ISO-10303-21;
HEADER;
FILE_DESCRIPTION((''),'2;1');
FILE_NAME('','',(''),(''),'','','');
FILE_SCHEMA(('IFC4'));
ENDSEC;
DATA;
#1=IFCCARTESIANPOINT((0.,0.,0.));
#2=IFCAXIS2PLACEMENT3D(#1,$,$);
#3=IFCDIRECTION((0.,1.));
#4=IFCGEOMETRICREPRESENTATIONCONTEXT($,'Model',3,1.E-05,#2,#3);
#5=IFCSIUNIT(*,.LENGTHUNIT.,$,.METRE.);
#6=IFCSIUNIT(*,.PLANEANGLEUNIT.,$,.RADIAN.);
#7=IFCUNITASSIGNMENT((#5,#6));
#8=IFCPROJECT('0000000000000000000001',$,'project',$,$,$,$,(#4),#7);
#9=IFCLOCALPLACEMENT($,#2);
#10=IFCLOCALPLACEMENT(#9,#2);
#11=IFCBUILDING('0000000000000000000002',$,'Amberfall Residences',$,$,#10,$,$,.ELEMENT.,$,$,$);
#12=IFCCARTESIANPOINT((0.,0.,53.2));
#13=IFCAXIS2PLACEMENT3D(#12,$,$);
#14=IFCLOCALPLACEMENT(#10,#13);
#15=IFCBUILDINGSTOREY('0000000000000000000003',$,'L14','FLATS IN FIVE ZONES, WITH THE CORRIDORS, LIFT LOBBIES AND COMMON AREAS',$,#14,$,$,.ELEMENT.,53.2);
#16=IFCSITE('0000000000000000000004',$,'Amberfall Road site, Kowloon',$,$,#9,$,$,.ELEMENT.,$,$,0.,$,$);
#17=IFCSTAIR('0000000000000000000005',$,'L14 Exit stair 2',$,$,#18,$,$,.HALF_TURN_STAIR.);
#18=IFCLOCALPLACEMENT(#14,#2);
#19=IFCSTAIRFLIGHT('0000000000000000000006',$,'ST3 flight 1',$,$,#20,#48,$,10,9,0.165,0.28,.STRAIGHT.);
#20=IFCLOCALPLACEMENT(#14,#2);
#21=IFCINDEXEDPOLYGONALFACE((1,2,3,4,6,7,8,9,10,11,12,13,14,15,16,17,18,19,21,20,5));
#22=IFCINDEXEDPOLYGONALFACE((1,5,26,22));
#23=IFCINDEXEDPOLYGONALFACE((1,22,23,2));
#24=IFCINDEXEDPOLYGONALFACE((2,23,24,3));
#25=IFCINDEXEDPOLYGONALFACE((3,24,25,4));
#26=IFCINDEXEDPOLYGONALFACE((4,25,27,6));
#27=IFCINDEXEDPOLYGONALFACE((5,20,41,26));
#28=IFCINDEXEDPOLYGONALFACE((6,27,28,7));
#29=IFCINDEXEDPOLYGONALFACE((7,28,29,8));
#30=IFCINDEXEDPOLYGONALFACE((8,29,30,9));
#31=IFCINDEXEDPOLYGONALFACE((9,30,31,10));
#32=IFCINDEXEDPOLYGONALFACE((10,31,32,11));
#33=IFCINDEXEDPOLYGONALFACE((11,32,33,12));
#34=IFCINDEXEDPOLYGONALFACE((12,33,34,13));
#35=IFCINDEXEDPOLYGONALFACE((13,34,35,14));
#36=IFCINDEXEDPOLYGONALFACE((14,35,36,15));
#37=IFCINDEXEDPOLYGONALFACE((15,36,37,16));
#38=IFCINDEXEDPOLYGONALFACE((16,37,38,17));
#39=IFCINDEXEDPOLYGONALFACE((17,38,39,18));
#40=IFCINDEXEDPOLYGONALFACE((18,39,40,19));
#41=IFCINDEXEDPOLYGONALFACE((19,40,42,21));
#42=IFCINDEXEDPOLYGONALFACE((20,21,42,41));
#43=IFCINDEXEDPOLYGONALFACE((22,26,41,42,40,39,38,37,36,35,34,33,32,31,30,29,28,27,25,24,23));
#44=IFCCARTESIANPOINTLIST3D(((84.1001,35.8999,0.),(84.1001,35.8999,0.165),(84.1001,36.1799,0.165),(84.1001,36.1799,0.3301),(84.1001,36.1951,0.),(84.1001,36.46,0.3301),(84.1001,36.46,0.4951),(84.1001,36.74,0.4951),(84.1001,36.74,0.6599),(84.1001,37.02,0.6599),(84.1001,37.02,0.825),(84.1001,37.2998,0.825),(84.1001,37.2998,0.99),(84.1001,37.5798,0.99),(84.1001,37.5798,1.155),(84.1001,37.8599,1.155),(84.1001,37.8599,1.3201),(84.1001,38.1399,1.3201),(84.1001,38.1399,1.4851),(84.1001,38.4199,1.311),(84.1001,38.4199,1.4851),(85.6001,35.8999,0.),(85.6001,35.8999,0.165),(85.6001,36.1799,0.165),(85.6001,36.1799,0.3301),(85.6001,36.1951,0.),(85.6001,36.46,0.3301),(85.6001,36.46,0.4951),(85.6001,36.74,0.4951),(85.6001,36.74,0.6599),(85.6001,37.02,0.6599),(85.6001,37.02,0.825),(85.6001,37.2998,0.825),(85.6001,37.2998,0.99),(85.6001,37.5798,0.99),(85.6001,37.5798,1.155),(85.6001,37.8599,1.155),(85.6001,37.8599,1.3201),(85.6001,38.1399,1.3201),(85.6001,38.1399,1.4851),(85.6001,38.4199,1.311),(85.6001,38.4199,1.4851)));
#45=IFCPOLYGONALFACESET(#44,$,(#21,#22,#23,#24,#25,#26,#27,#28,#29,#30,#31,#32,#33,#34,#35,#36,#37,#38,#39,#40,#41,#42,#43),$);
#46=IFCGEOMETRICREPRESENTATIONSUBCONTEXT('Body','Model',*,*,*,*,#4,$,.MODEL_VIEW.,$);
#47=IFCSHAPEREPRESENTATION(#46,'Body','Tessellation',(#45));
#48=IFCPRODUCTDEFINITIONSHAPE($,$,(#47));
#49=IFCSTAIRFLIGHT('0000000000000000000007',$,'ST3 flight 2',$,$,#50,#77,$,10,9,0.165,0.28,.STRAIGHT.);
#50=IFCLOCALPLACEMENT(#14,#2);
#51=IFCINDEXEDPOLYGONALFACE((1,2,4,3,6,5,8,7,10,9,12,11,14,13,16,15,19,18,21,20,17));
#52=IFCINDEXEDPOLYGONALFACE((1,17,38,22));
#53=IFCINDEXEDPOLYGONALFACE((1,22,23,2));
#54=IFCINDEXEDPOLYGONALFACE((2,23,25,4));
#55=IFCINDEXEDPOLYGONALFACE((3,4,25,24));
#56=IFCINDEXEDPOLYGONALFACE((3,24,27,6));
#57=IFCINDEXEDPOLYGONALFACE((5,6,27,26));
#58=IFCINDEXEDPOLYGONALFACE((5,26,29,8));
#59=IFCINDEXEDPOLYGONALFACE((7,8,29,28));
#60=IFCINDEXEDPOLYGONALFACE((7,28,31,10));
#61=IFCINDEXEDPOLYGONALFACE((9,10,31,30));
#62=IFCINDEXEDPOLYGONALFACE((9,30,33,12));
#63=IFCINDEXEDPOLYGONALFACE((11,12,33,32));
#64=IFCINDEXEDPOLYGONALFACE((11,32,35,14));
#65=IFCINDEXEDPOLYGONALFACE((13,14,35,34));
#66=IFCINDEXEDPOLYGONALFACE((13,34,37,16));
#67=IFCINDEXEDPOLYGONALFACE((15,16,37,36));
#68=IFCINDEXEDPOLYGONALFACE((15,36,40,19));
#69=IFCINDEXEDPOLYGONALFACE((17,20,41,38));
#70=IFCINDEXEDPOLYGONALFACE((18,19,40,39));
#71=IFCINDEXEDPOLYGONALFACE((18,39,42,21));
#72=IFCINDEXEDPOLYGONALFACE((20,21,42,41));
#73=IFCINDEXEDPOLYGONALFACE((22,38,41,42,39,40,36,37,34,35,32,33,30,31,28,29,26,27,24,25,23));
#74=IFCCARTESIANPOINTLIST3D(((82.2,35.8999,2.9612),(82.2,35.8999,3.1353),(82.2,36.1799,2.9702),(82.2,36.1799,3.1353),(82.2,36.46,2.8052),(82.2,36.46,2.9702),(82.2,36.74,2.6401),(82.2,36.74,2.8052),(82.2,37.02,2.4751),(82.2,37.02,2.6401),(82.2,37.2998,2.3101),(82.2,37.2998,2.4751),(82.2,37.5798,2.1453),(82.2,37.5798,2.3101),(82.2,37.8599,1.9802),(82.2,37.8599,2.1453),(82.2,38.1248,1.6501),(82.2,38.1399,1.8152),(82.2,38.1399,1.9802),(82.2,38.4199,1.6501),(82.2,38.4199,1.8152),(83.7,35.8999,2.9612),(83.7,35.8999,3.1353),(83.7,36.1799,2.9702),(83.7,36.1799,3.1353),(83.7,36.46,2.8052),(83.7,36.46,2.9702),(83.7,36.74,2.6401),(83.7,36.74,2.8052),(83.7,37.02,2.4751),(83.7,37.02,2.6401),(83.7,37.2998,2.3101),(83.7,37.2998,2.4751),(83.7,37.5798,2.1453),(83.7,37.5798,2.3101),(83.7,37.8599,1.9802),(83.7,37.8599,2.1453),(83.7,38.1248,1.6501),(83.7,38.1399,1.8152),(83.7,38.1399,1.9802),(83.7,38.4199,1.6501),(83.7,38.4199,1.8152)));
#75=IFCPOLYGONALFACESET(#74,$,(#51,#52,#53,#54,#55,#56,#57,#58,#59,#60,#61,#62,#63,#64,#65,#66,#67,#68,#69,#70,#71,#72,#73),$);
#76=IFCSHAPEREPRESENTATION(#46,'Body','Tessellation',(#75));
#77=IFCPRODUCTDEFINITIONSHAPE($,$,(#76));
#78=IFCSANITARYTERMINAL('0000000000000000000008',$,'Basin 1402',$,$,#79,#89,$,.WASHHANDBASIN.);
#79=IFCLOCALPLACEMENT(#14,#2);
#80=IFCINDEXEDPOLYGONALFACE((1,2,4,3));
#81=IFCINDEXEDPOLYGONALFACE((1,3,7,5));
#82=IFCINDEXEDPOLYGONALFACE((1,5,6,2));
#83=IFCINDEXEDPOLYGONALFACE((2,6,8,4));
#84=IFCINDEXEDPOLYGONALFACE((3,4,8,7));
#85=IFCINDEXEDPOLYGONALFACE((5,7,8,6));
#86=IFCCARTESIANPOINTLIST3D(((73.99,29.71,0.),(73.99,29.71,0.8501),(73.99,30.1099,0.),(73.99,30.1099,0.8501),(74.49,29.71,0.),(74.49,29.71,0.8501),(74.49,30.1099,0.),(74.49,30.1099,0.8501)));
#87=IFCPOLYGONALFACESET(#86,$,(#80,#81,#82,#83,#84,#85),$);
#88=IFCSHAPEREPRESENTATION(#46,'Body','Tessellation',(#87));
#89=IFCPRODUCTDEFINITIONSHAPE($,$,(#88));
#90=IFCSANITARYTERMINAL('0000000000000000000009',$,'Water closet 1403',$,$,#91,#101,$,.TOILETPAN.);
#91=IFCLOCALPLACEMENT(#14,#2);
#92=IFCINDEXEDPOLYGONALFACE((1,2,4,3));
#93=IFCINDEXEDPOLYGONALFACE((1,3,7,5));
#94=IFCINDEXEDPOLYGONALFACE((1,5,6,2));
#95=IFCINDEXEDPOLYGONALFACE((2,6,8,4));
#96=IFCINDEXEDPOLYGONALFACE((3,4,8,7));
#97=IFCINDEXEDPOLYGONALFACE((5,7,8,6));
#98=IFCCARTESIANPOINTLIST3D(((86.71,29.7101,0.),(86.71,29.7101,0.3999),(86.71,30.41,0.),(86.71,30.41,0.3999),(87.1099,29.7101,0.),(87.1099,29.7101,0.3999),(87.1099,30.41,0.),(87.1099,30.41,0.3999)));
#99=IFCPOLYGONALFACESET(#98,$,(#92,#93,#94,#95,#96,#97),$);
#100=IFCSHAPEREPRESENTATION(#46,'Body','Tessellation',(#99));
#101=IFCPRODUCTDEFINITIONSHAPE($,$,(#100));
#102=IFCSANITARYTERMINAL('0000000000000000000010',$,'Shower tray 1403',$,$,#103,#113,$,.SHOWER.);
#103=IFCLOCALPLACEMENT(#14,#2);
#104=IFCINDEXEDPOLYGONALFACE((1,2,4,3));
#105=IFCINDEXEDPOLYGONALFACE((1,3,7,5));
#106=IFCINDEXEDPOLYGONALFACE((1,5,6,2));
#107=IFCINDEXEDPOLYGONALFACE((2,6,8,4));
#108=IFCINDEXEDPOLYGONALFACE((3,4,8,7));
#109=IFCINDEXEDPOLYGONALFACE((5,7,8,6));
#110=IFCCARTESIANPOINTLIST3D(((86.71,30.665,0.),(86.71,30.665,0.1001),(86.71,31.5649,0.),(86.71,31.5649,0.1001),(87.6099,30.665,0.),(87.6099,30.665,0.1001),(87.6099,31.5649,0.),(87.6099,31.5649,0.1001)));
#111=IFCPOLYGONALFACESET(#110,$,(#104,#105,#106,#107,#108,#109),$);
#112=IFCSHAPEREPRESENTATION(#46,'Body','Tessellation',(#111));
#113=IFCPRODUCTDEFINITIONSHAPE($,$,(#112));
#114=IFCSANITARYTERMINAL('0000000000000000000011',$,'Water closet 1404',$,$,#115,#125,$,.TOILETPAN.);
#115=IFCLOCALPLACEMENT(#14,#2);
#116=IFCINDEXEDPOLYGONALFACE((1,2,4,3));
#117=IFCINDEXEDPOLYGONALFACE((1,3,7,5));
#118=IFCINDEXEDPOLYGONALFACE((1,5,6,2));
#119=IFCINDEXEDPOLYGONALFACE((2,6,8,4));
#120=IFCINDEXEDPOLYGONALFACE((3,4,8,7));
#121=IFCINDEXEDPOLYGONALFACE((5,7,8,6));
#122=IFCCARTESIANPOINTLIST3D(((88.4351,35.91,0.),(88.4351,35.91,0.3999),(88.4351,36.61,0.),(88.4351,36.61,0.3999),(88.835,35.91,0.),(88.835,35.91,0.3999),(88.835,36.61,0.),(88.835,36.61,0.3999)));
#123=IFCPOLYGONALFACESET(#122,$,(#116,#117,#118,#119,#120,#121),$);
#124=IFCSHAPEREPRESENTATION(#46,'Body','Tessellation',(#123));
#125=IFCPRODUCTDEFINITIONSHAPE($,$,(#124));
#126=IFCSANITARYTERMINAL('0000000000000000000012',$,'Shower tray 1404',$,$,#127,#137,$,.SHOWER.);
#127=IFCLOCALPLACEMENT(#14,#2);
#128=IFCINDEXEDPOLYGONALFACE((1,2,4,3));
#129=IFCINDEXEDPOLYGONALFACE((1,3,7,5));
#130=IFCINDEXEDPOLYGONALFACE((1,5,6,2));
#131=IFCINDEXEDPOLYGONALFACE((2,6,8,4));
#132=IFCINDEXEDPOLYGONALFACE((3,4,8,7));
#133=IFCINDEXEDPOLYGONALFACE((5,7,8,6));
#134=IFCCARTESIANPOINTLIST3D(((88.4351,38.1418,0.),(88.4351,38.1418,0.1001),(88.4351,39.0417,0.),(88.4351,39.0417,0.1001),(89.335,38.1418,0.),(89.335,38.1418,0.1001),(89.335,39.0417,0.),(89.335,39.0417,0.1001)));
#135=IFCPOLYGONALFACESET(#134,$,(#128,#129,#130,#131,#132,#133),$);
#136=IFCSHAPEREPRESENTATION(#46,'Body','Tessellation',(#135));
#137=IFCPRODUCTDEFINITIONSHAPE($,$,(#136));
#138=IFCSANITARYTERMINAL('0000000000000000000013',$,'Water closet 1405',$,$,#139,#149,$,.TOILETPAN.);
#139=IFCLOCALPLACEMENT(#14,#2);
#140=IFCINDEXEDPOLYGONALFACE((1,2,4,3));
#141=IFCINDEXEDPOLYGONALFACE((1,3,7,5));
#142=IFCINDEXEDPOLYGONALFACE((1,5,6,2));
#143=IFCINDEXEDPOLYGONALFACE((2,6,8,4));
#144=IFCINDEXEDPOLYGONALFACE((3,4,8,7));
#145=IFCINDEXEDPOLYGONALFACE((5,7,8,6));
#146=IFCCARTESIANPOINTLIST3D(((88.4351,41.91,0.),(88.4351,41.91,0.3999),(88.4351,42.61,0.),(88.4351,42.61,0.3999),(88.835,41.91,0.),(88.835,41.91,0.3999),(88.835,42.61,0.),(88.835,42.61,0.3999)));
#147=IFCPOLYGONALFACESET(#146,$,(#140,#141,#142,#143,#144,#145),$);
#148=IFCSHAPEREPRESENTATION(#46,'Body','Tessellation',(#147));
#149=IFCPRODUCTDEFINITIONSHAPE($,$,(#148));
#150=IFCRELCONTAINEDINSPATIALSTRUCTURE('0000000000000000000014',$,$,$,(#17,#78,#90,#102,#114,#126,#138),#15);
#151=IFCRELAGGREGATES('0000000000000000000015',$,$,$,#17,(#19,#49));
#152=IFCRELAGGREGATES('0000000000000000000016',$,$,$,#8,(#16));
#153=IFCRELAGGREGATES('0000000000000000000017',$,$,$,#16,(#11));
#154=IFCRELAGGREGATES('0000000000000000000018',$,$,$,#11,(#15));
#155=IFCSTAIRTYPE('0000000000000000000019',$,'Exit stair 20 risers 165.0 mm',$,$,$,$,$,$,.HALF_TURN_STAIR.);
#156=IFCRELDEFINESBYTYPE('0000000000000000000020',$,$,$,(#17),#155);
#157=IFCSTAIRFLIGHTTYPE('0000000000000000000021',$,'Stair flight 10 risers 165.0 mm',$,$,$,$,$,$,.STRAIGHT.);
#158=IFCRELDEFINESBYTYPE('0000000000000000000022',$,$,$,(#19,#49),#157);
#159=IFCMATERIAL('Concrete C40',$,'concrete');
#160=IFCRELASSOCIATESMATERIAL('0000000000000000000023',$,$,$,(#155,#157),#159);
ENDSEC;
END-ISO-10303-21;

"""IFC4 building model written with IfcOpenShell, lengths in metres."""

from ifc_helpers import new_model, si_unit, direction, frame, origin, origin_2d, place, context, subcontext, project, spatial, polyline, rectangle, outline, extrude, material, type_object, element, aggregate, save


model = new_model("IFC4")

# Units and contexts
model_context = context("Model", 3, precision=1e-05, world=origin(), true_north=direction((0.0, 1.0)))
body_context = subcontext(model_context, "Body", "Model", "MODEL_VIEW")
ifc_project = project(units=[si_unit("LENGTHUNIT", "METRE"), si_unit("PLANEANGLEUNIT", "RADIAN")], contexts=[model_context])

# Site, building, storey
site_placement = place(None, origin())
site = spatial("IfcSite", under=ifc_project, at=site_placement, Name="Amberfall Road site, Kowloon", CompositionType="ELEMENT", RefElevation=0.0)
building_placement = place(site_placement, origin())
building = spatial("IfcBuilding", under=site, at=building_placement, Name="Amberfall Residences", CompositionType="ELEMENT")
storey_placement = place(building_placement, frame((0.0, 0.0, 53.2)))
storey = spatial("IfcBuildingStorey", under=building, at=storey_placement, Name="L14", Description="FLATS IN FIVE ZONES, WITH THE CORRIDORS, LIFT LOBBIES AND COMMON AREAS", CompositionType="ELEMENT", Elevation=53.2)

# Stair, stair flights
ifc_material_1 = material(Name="Concrete C40", Category="concrete")
stair_type = type_object("IfcStairType", Name="Exit stair 20 risers 165.0 mm", PredefinedType="HALF_TURN_STAIR", material=ifc_material_1)
stair_placement = place(storey_placement, origin())
stair = element("IfcStair", 1, at=stair_placement, inside=storey, type_object=stair_type, Name="L14 Exit stair 2", PredefinedType="HALF_TURN_STAIR")
stair_flight_type = type_object("IfcStairFlightType", Name="Stair flight 10 risers 165.0 mm", PredefinedType="STRAIGHT", material=ifc_material_1)
stair_flight_1_placement = place(storey_placement, frame((84.8501, 35.8999, 0.0), z_axis=(0.0, 0.0, 1.0), x_axis=(0.0, 1.0, 0.0)))
stair_flight_1 = element("IfcStairFlight", 2, at=stair_flight_1_placement, type_object=stair_flight_type, Name="ST3 flight 1", NumberOfRisers=10, NumberOfTreads=9, PredefinedType="STRAIGHT", RiserHeight=0.165, TreadLength=0.28, context=body_context, shape_type="SweptSolid", body=[
    extrude(outline(polyline([(0.0, 0.0), (0.0, 0.165), (0.28, 0.165), (0.28, 0.3301), (0.5601, 0.3301), (0.5601, 0.4951), (0.8401, 0.4951), (0.8401, 0.6599), (1.1201, 0.6599), (1.1201, 0.825), (1.3999, 0.825), (1.3999, 0.99), (1.6799, 0.99), (1.6799, 1.155), (1.96, 1.155), (1.96, 1.3201), (2.24, 1.3201), (2.24, 1.4851), (2.52, 1.4851), (2.52, 1.6499), (2.52, 1.311), (0.2952, 0.0), (0.0, 0.0)])), frame((0.0, 0.75, 0.0), z_axis=(0.0, -1.0, 0.0), x_axis=(1.0, 0.0, 0.0)), (0.0, 0.0, 1.0), 1.5),
])
stair_flight_2_placement = place(storey_placement, frame((82.95, 38.4199, 1.6501), z_axis=(0.0, 0.0, 1.0), x_axis=(0.0, -1.0, 0.0)))
stair_flight_2 = element("IfcStairFlight", 3, at=stair_flight_2_placement, type_object=stair_flight_type, Name="ST3 flight 2", NumberOfRisers=10, NumberOfTreads=9, PredefinedType="STRAIGHT", RiserHeight=0.165, TreadLength=0.28, context=body_context, shape_type="SweptSolid", body=[
    extrude(outline(polyline([(0.0, 0.0), (0.0, 0.165), (0.28, 0.165), (0.28, 0.3301), (0.5601, 0.3301), (0.5601, 0.4951), (0.8401, 0.4951), (0.8401, 0.6599), (1.1201, 0.6599), (1.1201, 0.825), (1.3999, 0.825), (1.3999, 0.99), (1.6799, 0.99), (1.6799, 1.155), (1.96, 1.155), (1.96, 1.3201), (2.24, 1.3201), (2.24, 1.4851), (2.52, 1.4851), (2.52, 1.6499), (2.52, 1.311), (0.2952, 0.0), (0.0, 0.0)])), frame((0.0, 0.75, 0.0), z_axis=(0.0, -1.0, 0.0), x_axis=(1.0, 0.0, 0.0)), (0.0, 0.0, 1.0), 1.5),
])
aggregate(stair, [stair_flight_1, stair_flight_2])

# Sanitary terminals
sanitary_terminal_1_placement = place(storey_placement, frame((74.24, 29.9099, 0.0), z_axis=(0.0, 0.0, 1.0), x_axis=(1.0, 0.0, 0.0)))
element("IfcSanitaryTerminal", 4, at=sanitary_terminal_1_placement, inside=storey, Name="Basin 1402", PredefinedType="WASHHANDBASIN", context=body_context, shape_type="SweptSolid", body=[
    extrude(rectangle(XDim=0.5, YDim=0.3999, at=origin_2d()), origin(), (0.0, 0.0, 1.0), 0.8501),
])
sanitary_terminal_2_placement = place(storey_placement, frame((86.9099, 30.0601, 0.0), z_axis=(0.0, 0.0, 1.0), x_axis=(1.0, 0.0, 0.0)))
element("IfcSanitaryTerminal", 5, at=sanitary_terminal_2_placement, inside=storey, Name="Water closet 1403", PredefinedType="TOILETPAN", context=body_context, shape_type="SweptSolid", body=[
    extrude(rectangle(XDim=0.3999, YDim=0.7, at=origin_2d()), origin(), (0.0, 0.0, 1.0), 0.3999),
])
sanitary_terminal_3_placement = place(storey_placement, frame((87.1599, 31.115, 0.0), z_axis=(0.0, 0.0, 1.0), x_axis=(1.0, 0.0, 0.0)))
element("IfcSanitaryTerminal", 6, at=sanitary_terminal_3_placement, inside=storey, Name="Shower tray 1403", PredefinedType="SHOWER", context=body_context, shape_type="SweptSolid", body=[
    extrude(rectangle(XDim=0.8999, YDim=0.8999, at=origin_2d()), origin(), (0.0, 0.0, 1.0), 0.1001),
])
sanitary_terminal_4_placement = place(storey_placement, frame((88.635, 36.26, 0.0), z_axis=(0.0, 0.0, 1.0), x_axis=(1.0, 0.0, 0.0)))
element("IfcSanitaryTerminal", 7, at=sanitary_terminal_4_placement, inside=storey, Name="Water closet 1404", PredefinedType="TOILETPAN", context=body_context, shape_type="SweptSolid", body=[
    extrude(rectangle(XDim=0.3999, YDim=0.7, at=origin_2d()), origin(), (0.0, 0.0, 1.0), 0.3999),
])
sanitary_terminal_5_placement = place(storey_placement, frame((88.885, 38.5918, 0.0), z_axis=(0.0, 0.0, 1.0), x_axis=(1.0, 0.0, 0.0)))
element("IfcSanitaryTerminal", 8, at=sanitary_terminal_5_placement, inside=storey, Name="Shower tray 1404", PredefinedType="SHOWER", context=body_context, shape_type="SweptSolid", body=[
    extrude(rectangle(XDim=0.8999, YDim=0.8999, at=origin_2d()), origin(), (0.0, 0.0, 1.0), 0.1001),
])
sanitary_terminal_6_placement = place(storey_placement, frame((88.635, 42.26, 0.0), z_axis=(0.0, 0.0, 1.0), x_axis=(1.0, 0.0, 0.0)))
element("IfcSanitaryTerminal", 9, at=sanitary_terminal_6_placement, inside=storey, Name="Water closet 1405", PredefinedType="TOILETPAN", context=body_context, shape_type="SweptSolid", body=[
    extrude(rectangle(XDim=0.3999, YDim=0.7, at=origin_2d()), origin(), (0.0, 0.0, 1.0), 0.3999),
])

save(model, "model.ifc")
